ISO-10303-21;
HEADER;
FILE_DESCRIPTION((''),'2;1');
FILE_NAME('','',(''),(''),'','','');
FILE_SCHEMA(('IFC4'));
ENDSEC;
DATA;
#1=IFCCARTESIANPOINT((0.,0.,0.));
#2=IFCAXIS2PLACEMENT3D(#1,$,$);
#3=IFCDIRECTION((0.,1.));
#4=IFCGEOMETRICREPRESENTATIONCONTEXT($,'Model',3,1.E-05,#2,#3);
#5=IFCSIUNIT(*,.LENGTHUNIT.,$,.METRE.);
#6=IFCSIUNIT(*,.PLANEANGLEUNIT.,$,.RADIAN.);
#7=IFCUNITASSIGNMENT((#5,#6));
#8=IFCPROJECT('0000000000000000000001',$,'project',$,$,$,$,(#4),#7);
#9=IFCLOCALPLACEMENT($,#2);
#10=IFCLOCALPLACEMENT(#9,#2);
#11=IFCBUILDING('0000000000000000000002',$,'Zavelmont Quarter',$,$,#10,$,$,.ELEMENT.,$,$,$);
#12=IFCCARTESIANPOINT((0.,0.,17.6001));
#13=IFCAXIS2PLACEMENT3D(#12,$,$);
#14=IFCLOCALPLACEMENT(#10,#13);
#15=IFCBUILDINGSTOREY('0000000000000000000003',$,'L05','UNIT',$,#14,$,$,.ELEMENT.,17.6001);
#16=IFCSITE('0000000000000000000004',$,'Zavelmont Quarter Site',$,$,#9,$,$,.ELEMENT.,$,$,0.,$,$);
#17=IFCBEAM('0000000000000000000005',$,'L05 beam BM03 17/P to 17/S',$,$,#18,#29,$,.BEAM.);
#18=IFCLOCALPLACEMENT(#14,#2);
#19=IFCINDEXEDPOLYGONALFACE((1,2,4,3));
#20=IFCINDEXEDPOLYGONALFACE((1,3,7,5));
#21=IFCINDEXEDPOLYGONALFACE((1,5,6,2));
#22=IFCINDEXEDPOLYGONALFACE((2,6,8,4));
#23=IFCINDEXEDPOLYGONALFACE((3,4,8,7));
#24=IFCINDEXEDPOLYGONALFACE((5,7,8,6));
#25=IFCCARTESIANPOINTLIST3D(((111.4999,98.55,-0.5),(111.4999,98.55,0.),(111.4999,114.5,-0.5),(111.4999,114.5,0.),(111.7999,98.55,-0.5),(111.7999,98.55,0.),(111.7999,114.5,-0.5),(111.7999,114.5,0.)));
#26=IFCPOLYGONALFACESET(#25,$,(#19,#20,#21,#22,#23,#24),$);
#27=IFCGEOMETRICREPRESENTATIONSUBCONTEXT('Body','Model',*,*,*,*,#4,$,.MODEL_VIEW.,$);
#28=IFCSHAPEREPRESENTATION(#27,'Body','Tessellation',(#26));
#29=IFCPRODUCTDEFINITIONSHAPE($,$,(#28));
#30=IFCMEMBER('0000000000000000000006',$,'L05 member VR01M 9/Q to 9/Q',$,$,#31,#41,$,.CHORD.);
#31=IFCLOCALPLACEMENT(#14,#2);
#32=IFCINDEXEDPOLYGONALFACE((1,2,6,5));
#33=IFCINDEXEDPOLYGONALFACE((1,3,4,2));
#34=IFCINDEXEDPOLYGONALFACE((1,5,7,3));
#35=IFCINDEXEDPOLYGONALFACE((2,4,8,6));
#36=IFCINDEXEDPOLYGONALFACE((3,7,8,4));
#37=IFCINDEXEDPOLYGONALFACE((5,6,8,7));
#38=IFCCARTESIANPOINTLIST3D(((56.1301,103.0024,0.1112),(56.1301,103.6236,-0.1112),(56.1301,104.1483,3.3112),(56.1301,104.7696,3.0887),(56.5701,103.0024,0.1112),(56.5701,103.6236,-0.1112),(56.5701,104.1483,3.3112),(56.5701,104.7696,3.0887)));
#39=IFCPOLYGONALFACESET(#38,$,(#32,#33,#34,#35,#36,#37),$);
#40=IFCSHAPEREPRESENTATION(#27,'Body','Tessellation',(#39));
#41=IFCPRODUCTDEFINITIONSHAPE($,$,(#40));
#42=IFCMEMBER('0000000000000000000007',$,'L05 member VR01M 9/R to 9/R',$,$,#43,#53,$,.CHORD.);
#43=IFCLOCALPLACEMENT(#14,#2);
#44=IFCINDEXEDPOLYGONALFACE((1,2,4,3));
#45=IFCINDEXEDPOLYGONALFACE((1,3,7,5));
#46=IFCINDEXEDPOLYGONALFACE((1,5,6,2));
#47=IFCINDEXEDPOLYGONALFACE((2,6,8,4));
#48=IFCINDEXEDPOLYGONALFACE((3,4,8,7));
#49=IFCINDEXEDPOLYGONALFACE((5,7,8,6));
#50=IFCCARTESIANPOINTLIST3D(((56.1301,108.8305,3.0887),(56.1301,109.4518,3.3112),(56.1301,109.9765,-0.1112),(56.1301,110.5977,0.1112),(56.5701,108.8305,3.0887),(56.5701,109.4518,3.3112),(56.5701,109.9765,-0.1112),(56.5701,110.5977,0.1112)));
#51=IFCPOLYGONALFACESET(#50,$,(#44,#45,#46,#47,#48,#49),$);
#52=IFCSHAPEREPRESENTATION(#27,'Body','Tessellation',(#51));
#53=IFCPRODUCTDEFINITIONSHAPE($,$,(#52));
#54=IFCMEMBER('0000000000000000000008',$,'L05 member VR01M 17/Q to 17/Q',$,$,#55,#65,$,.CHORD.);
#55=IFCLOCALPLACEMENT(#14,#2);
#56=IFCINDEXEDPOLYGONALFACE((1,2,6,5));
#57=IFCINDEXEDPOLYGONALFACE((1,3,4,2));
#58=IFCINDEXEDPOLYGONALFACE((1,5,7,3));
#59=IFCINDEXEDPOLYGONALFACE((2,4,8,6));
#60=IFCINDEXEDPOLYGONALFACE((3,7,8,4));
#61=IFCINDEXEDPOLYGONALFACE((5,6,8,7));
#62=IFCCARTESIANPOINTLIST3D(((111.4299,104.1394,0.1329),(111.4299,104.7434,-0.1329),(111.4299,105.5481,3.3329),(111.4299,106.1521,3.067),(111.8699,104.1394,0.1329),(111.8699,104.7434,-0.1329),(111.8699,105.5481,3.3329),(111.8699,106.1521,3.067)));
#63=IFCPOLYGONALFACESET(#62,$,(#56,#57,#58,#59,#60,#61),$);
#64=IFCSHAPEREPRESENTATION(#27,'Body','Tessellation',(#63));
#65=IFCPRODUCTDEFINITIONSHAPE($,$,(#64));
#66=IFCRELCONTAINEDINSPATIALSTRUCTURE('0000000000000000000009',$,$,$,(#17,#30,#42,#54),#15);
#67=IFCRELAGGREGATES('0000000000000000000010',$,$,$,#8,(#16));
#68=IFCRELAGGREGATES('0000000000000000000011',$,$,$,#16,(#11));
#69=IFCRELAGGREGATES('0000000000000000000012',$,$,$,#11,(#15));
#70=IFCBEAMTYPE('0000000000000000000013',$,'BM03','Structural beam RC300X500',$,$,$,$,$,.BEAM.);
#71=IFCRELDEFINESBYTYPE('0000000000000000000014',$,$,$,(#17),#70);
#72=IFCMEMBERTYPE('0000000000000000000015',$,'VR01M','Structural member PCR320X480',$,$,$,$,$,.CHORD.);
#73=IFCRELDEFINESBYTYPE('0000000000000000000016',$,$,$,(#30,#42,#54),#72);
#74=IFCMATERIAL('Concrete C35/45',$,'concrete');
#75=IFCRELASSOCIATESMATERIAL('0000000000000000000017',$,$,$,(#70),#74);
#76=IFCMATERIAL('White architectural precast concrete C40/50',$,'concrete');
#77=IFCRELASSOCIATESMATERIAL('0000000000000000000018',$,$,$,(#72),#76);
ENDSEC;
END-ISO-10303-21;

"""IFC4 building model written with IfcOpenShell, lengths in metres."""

from ifc_helpers import new_model, si_unit, direction, frame, origin, origin_2d, place, context, subcontext, project, spatial, rectangle, extrude, material, material_profile, profile_set, type_object, element, save


model = new_model("IFC4")

# Units and contexts
model_context = context("Model", 3, precision=1e-05, world=origin(), true_north=direction((0.0, 1.0)))
body_context = subcontext(model_context, "Body", "Model", "MODEL_VIEW")
ifc_project = project(units=[si_unit("LENGTHUNIT", "METRE"), si_unit("PLANEANGLEUNIT", "RADIAN")], contexts=[model_context])

# Site, building, storey
site_placement = place(None, origin())
site = spatial("IfcSite", under=ifc_project, at=site_placement, Name="Zavelmont Quarter Site", CompositionType="ELEMENT", RefElevation=0.0)
building_placement = place(site_placement, origin())
building = spatial("IfcBuilding", under=site, at=building_placement, Name="Zavelmont Quarter", CompositionType="ELEMENT")
storey_placement = place(building_placement, frame((0.0, 0.0, 17.6001)))
storey = spatial("IfcBuildingStorey", under=building, at=storey_placement, Name="L05", Description="UNIT", CompositionType="ELEMENT", Elevation=17.6001)

# Beam
ifc_material_1 = material(Name="Concrete C35/45", Category="concrete")
ifc_material_profile_1 = material_profile(ifc_material_1, rectangle(XDim=0.3, YDim=0.5, at=origin_2d()), Name="RC300X500")
ifc_profile_set_1 = profile_set([ifc_material_profile_1], Name="Concrete C35/45")
beam_type = type_object("IfcBeamType", Name="BM03", Description="Structural beam RC300X500", PredefinedType="BEAM", material=ifc_profile_set_1)
beam_placement = place(storey_placement, frame((111.6499, 98.55, -0.25), z_axis=(0.0, 1.0, 0.0), x_axis=(-1.0, 0.0, 0.0)))
element("IfcBeam", 1, at=beam_placement, inside=storey, type_object=beam_type, Name="L05 beam BM03 17/P to 17/S", PredefinedType="BEAM", context=body_context, shape_type="SweptSolid", body=[
    extrude(rectangle(XDim=0.3, YDim=0.5, at=origin_2d()), origin(), (0.0, 0.0, 1.0), 15.95),
])

# Members
ifc_material_2 = material(Name="White architectural precast concrete C40/50", Category="concrete")
ifc_material_profile_2 = material_profile(ifc_material_2, rectangle(XDim=0.4399, YDim=0.6599, at=origin_2d()), Name="PCR320X480")
ifc_profile_set_2 = profile_set([ifc_material_profile_2], Name="White architectural precast concrete C40/50")
member_type = type_object("IfcMemberType", Name="VR01M", Description="Structural member PCR320X480", PredefinedType="CHORD", material=ifc_profile_set_2)
for number, where, z_axis, x_axis, name in (
    (2, (56.3501, 103.313, 0.0), (0.0, 0.33716, 0.941447), (-1.0, 0.0, 0.0), "L05 member VR01M 9/Q to 9/Q"),
    (3, (56.3501, 110.2871, 0.0), (0.0, -0.33716, 0.941447), (1.0, 0.0, 0.0), "L05 member VR01M 9/R to 9/R"),
):
    element("IfcMember", number, at=place(storey_placement, frame(where, z_axis=z_axis, x_axis=x_axis)), inside=storey, type_object=member_type, Name=name, PredefinedType="CHORD", context=body_context, shape_type="SweptSolid", body=[
        extrude(rectangle(XDim=0.4399, YDim=0.6599, at=origin_2d()), origin(), (0.0, 0.0, 1.0), 3.3989),
    ])
member_placement = place(storey_placement, frame((111.6499, 104.4414, 0.0), z_axis=(0.0, 0.402909, 0.91524), x_axis=(-1.0, 0.0, 0.0)))
element("IfcMember", 4, at=member_placement, inside=storey, type_object=member_type, Name="L05 member VR01M 17/Q to 17/Q", PredefinedType="CHORD", context=body_context, shape_type="SweptSolid", body=[
    extrude(rectangle(XDim=0.4399, YDim=0.6599, at=origin_2d()), origin(), (0.0, 0.0, 1.0), 3.4963),
])

save(model, "model.ifc")
